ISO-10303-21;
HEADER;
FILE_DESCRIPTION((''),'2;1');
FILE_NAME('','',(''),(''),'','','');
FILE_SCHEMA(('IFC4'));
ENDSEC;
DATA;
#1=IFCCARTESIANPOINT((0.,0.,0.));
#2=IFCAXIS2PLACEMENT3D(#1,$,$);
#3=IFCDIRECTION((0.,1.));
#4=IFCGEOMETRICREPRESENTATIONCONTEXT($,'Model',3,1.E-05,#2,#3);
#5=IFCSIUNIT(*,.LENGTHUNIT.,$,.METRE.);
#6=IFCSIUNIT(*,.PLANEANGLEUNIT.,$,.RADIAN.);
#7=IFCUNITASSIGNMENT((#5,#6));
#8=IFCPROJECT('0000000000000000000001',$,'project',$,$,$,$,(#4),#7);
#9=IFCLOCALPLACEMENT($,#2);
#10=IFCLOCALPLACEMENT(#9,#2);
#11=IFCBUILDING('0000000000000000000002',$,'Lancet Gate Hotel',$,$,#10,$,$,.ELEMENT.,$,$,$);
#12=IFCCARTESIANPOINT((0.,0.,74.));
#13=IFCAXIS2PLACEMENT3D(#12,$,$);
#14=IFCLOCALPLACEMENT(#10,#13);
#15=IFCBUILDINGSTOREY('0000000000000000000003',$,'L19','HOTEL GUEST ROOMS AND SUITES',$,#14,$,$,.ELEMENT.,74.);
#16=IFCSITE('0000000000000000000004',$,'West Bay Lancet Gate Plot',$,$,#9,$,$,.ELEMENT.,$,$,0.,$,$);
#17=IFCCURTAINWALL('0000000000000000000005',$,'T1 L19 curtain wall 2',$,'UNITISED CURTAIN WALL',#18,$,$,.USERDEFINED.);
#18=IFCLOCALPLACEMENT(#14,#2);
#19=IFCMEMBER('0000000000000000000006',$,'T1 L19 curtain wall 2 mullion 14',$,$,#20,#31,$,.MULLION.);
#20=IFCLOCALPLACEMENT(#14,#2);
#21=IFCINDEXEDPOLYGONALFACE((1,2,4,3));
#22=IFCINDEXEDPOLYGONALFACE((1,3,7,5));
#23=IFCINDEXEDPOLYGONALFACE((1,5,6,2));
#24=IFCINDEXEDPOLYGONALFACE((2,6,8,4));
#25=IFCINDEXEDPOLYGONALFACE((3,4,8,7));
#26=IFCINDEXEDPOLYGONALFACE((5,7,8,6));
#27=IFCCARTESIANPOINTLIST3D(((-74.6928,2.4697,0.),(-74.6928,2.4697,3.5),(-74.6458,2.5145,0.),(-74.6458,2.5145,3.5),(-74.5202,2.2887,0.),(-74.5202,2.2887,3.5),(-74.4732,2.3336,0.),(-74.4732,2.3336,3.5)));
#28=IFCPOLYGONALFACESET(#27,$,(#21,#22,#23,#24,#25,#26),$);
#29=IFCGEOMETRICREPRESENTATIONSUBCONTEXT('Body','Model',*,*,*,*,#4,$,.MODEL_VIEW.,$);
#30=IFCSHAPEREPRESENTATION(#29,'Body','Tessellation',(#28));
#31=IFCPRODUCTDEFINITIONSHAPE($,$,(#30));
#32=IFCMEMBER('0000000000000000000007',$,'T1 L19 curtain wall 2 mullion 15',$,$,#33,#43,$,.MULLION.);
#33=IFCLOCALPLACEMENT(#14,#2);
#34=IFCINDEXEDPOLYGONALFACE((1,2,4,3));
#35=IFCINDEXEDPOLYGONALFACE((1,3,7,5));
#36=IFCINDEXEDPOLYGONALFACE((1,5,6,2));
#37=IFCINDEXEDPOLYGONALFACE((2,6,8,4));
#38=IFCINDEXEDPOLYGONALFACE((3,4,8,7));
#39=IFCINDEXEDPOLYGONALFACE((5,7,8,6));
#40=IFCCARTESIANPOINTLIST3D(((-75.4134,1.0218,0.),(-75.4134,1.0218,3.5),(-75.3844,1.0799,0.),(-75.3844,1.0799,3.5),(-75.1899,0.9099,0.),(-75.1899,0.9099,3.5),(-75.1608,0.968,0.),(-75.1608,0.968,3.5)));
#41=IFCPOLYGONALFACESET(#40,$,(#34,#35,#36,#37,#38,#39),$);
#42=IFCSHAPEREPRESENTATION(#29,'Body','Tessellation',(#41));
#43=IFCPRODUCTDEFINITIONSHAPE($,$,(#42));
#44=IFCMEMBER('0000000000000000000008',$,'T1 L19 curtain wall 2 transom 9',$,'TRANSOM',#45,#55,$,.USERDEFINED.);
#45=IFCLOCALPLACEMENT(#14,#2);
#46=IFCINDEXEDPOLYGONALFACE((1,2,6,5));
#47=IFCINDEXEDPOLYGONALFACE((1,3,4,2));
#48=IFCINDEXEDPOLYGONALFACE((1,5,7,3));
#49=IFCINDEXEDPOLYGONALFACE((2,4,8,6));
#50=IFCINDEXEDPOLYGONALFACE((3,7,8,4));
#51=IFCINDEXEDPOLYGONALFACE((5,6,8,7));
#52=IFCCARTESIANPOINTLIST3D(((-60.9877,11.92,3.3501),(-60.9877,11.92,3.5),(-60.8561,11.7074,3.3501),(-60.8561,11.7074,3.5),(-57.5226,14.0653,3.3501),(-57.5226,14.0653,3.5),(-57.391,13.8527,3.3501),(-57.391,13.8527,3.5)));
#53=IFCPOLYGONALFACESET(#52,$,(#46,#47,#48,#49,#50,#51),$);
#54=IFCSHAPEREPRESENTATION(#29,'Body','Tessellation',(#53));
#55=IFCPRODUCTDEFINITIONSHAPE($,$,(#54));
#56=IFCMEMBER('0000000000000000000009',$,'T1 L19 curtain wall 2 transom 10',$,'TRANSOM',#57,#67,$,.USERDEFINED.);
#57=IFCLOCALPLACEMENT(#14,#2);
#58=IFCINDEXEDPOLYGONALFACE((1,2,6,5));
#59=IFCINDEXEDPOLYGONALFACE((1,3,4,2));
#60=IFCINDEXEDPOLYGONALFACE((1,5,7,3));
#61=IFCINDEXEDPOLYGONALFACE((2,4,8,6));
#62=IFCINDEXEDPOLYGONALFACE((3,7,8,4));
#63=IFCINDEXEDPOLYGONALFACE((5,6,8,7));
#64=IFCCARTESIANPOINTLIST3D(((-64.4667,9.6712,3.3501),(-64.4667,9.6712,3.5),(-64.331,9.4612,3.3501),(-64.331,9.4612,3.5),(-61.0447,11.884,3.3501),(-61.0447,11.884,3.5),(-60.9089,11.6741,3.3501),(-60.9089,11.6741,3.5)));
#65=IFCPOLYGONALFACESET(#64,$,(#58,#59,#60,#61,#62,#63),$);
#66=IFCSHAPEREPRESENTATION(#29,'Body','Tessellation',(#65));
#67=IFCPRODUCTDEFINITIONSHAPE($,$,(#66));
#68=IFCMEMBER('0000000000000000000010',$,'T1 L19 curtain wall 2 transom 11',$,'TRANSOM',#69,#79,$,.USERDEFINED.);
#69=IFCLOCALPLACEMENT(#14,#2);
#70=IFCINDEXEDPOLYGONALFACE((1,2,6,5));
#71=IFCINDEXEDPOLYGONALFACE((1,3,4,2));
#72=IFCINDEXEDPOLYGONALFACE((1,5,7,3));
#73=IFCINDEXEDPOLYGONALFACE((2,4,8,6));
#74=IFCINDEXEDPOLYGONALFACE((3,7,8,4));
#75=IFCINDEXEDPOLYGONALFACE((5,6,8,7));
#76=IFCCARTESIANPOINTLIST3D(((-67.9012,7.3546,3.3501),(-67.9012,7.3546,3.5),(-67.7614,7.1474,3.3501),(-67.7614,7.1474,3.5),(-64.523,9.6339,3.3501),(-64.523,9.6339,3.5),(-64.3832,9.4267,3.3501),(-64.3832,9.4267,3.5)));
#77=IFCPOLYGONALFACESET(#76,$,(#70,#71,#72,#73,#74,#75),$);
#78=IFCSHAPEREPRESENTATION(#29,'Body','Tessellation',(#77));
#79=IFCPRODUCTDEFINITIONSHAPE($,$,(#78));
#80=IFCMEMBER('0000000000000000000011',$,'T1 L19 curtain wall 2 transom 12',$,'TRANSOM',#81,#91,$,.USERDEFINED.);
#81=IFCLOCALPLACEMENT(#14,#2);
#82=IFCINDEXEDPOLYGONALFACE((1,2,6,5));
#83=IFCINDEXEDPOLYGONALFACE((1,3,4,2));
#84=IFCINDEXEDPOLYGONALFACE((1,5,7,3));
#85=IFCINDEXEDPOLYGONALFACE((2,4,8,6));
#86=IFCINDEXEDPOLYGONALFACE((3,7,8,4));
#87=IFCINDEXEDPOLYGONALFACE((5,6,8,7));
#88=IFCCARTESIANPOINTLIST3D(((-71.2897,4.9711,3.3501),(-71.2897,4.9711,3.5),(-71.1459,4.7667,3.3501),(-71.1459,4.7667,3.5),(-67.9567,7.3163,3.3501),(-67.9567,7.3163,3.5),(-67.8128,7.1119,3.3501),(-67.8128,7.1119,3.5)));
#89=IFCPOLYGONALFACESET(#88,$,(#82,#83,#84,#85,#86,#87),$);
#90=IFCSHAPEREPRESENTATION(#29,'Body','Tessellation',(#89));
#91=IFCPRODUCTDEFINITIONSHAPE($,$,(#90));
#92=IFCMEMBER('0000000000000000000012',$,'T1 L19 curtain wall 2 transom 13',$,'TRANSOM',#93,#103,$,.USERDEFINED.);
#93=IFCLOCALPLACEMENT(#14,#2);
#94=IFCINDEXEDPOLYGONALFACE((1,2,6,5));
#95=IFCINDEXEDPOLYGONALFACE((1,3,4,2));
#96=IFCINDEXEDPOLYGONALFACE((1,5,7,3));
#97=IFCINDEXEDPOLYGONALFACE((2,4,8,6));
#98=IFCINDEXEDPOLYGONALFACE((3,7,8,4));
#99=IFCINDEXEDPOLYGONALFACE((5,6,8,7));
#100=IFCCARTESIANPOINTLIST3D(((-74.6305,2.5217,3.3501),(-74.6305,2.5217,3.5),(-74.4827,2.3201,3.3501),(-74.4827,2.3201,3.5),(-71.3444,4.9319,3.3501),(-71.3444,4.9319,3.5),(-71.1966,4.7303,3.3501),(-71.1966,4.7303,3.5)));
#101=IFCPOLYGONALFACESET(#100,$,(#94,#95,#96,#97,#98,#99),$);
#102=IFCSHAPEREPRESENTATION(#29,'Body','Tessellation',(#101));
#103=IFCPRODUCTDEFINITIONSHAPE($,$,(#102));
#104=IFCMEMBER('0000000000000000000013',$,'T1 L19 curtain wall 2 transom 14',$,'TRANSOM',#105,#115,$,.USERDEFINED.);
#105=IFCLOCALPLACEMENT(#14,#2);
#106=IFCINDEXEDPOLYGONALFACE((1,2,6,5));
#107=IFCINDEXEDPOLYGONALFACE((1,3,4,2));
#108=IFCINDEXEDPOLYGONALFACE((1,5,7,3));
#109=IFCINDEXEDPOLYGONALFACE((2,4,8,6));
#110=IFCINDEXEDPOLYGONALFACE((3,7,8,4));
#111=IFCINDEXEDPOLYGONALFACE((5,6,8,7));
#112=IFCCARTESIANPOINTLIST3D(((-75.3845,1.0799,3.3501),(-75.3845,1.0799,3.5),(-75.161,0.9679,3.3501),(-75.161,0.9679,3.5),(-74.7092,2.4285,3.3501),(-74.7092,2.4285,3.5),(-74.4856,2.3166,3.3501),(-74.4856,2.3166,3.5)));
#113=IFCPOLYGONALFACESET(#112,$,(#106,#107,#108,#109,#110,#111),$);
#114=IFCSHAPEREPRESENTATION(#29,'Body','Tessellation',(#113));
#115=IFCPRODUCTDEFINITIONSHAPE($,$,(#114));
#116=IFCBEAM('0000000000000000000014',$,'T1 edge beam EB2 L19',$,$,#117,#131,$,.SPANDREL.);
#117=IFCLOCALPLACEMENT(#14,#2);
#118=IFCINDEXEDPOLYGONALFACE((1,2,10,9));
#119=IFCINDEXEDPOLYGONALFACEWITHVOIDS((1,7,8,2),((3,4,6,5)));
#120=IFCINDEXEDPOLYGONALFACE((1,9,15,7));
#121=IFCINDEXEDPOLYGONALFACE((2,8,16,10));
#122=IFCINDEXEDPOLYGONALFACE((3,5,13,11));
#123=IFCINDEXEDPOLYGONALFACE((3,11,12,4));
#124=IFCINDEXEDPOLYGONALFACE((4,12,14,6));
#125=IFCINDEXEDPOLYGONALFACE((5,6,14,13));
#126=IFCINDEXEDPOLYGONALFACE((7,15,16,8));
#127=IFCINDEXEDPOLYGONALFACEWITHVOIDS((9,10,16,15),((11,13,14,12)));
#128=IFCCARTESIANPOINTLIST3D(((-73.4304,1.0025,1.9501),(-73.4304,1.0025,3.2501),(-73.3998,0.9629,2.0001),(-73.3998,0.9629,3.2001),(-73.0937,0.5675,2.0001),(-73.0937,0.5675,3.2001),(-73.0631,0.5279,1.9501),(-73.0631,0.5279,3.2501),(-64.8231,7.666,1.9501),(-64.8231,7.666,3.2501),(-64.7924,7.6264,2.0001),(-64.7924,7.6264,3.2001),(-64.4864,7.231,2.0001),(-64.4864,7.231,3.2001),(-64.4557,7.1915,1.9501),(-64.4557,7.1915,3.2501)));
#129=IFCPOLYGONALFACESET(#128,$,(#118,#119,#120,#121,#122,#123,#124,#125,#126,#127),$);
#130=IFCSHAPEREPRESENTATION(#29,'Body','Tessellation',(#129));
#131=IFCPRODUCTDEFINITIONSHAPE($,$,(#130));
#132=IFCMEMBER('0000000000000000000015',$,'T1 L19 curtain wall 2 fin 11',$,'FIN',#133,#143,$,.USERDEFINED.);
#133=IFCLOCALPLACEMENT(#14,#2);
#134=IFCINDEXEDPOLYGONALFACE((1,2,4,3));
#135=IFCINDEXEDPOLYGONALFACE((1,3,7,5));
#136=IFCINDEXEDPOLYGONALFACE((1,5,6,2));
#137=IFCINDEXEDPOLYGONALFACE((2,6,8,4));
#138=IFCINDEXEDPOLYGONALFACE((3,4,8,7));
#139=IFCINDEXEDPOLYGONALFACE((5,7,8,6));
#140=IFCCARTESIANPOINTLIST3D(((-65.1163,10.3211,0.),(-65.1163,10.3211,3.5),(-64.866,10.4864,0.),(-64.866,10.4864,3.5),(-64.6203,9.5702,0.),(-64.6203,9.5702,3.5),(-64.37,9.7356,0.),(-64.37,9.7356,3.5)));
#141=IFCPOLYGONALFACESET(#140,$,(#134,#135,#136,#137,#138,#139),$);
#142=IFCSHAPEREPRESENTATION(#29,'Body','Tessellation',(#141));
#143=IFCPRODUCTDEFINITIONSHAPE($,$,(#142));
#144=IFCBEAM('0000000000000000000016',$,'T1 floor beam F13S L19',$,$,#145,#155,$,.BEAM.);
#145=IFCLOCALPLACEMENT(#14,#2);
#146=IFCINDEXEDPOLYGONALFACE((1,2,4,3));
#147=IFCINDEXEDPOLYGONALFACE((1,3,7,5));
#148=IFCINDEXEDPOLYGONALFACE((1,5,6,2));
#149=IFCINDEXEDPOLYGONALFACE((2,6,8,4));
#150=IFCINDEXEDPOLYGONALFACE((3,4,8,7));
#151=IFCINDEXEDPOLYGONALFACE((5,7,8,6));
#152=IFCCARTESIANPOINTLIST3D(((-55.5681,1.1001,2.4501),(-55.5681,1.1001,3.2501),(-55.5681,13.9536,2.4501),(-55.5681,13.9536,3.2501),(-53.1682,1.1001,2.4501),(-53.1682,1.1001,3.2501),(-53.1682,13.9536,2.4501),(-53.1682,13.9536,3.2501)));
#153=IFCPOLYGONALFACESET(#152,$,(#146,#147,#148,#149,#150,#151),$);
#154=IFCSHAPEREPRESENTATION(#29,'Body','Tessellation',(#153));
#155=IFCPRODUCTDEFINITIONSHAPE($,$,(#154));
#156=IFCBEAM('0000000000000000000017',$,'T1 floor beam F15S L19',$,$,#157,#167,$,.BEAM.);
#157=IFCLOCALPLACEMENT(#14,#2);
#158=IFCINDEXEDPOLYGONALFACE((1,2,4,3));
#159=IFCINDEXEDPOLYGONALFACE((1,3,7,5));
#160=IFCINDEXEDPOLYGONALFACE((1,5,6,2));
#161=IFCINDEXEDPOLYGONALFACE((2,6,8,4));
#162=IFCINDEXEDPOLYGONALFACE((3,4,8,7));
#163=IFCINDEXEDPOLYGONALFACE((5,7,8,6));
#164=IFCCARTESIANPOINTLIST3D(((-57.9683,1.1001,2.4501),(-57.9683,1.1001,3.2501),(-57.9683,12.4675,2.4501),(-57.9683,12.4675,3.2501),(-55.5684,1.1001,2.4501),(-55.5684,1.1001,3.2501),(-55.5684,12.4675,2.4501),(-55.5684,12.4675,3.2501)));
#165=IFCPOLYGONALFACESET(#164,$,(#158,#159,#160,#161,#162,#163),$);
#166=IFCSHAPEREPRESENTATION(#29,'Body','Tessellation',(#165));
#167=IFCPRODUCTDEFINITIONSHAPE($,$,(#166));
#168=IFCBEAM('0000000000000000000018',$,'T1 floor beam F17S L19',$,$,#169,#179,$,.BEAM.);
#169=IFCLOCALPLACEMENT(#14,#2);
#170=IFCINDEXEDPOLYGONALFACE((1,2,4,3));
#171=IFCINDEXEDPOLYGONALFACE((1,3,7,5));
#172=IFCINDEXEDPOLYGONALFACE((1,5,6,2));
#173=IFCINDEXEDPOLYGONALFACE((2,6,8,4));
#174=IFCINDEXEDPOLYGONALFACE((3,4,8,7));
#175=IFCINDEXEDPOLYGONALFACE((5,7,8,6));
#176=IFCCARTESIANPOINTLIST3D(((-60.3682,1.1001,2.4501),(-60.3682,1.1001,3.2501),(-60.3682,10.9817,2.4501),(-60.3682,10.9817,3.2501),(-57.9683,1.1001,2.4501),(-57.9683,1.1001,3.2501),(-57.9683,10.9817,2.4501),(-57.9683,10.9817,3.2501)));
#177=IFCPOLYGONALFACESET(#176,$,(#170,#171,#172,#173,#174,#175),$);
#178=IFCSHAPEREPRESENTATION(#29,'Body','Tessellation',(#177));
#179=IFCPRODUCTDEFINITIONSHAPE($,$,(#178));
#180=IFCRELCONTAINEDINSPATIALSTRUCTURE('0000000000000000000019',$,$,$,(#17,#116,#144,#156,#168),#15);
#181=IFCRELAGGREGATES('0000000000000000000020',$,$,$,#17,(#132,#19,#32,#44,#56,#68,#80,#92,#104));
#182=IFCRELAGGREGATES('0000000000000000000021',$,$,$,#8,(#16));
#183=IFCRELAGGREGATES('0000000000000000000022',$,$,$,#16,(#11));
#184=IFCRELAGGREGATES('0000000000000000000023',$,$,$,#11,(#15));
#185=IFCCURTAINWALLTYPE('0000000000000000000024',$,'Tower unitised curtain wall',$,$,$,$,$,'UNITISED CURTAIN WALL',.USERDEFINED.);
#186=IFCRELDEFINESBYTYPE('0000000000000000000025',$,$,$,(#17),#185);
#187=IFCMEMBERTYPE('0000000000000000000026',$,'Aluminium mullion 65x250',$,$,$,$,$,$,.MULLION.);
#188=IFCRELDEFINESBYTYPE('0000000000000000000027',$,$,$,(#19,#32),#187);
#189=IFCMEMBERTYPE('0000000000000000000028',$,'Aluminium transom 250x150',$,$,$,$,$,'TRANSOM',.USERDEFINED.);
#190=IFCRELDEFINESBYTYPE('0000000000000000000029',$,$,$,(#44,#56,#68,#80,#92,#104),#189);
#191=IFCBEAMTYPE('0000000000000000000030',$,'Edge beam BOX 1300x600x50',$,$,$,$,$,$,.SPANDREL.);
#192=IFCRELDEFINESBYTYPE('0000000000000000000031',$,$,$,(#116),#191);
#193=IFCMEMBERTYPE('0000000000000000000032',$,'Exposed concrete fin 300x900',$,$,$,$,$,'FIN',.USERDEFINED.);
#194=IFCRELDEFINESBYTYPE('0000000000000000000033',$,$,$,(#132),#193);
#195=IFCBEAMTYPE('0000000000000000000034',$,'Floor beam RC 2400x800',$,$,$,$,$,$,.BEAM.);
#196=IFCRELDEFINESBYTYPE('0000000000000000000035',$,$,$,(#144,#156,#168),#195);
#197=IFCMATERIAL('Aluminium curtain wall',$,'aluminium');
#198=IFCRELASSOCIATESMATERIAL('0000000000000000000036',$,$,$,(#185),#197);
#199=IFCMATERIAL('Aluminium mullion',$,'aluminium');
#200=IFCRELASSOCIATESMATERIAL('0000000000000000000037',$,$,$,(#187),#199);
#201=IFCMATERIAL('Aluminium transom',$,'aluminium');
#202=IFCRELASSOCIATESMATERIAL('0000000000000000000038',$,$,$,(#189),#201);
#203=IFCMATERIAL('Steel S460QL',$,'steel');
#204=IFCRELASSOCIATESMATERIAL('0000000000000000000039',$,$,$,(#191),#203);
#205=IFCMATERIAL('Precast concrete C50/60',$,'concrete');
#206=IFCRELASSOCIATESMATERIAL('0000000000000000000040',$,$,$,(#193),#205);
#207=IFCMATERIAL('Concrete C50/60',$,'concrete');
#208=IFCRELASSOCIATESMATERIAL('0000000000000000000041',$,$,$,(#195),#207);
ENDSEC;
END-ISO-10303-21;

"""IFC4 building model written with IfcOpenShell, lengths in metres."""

from ifc_helpers import new_model, si_unit, direction, frame, origin, origin_2d, place, context, subcontext, project, spatial, rectangle, hollow_rectangle, extrude, material, material_profile, profile_set, type_object, element, aggregate, save


model = new_model("IFC4")

# Units and contexts
model_context = context("Model", 3, precision=1e-05, world=origin(), true_north=direction((0.0, 1.0)))
body_context = subcontext(model_context, "Body", "Model", "MODEL_VIEW")
ifc_project = project(units=[si_unit("LENGTHUNIT", "METRE"), si_unit("PLANEANGLEUNIT", "RADIAN")], contexts=[model_context])

# Site, building, storey
site_placement = place(None, origin())
site = spatial("IfcSite", under=ifc_project, at=site_placement, Name="West Bay Lancet Gate Plot", CompositionType="ELEMENT", RefElevation=0.0)
building_placement = place(site_placement, origin())
building = spatial("IfcBuilding", under=site, at=building_placement, Name="Lancet Gate Hotel", CompositionType="ELEMENT")
storey_placement = place(building_placement, frame((0.0, 0.0, 74.0)))
storey = spatial("IfcBuildingStorey", under=building, at=storey_placement, Name="L19", Description="HOTEL GUEST ROOMS AND SUITES", CompositionType="ELEMENT", Elevation=74.0)

# Curtain wall, members
ifc_material_1 = material(Name="Aluminium curtain wall", Category="aluminium")
curtain_wall_type = type_object("IfcCurtainWallType", Name="Tower unitised curtain wall", ElementType="UNITISED CURTAIN WALL", PredefinedType="USERDEFINED", material=ifc_material_1)
curtain_wall_placement = place(storey_placement, origin())
curtain_wall = element("IfcCurtainWall", 1, at=curtain_wall_placement, inside=storey, type_object=curtain_wall_type, Name="T1 L19 curtain wall 2", ObjectType="UNITISED CURTAIN WALL", PredefinedType="USERDEFINED")
ifc_material_2 = material(Name="Aluminium mullion", Category="aluminium")
ifc_material_profile_1 = material_profile(ifc_material_2, rectangle(XDim=0.0649, YDim=0.25, at=origin_2d()), Name="MULLION 65x250")
ifc_profile_set_1 = profile_set([ifc_material_profile_1], Name="Aluminium mullion")
member_type_1 = type_object("IfcMemberType", Name="Aluminium mullion 65x250", PredefinedType="MULLION", material=ifc_profile_set_1)
member_1_placement = place(storey_placement, frame((-74.583, 2.4016, 0.0), z_axis=(0.0, 0.0, 1.0), x_axis=(-0.723696, -0.690119, 0.0)))
member_1 = element("IfcMember", 2, at=member_1_placement, type_object=member_type_1, Name="T1 L19 curtain wall 2 mullion 14", PredefinedType="MULLION", context=body_context, shape_type="SweptSolid", body=[
    extrude(rectangle(XDim=0.0649, YDim=0.25, at=origin_2d()), origin(), (0.0, 0.0, 1.0), 3.5),
])
member_2_placement = place(storey_placement, frame((-75.2871, 0.9949, 0.0), z_axis=(0.0, 0.0, 1.0), x_axis=(-0.447628, -0.89422, 0.0)))
member_2 = element("IfcMember", 3, at=member_2_placement, type_object=member_type_1, Name="T1 L19 curtain wall 2 mullion 15", PredefinedType="MULLION", context=body_context, shape_type="SweptSolid", body=[
    extrude(rectangle(XDim=0.0649, YDim=0.25, at=origin_2d()), origin(), (0.0, 0.0, 1.0), 3.5),
])
ifc_material_3 = material(Name="Aluminium transom", Category="aluminium")
ifc_material_profile_2 = material_profile(ifc_material_3, rectangle(XDim=0.25, YDim=0.1499, at=origin_2d()), Name="TRANSOM 250x150")
ifc_profile_set_2 = profile_set([ifc_material_profile_2], Name="Aluminium transom")
member_type_2 = type_object("IfcMemberType", Name="Aluminium transom 250x150", ElementType="TRANSOM", PredefinedType="USERDEFINED", material=ifc_profile_set_2)
member_3_placement = place(storey_placement, frame((-57.4568, 13.959, 3.425), z_axis=(-0.850242, -0.526392, 0.0), x_axis=(0.526392, -0.850242, 0.0)))
member_3 = element("IfcMember", 4, at=member_3_placement, type_object=member_type_2, Name="T1 L19 curtain wall 2 transom 9", ObjectType="TRANSOM", PredefinedType="USERDEFINED", context=body_context, shape_type="SweptSolid", body=[
    extrude(rectangle(XDim=0.25, YDim=0.1499, at=origin_2d()), origin(), (0.0, 0.0, 1.0), 4.0754),
])
member_4_placement = place(storey_placement, frame((-60.9768, 11.7791, 3.425), z_axis=(-0.839729, -0.543005, 0.0), x_axis=(0.543005, -0.839729, 0.0)))
member_4 = element("IfcMember", 5, at=member_4_placement, type_object=member_type_2, Name="T1 L19 curtain wall 2 transom 10", ObjectType="TRANSOM", PredefinedType="USERDEFINED", context=body_context, shape_type="SweptSolid", body=[
    extrude(rectangle(XDim=0.25, YDim=0.1499, at=origin_2d()), origin(), (0.0, 0.0, 1.0), 4.0752),
])
member_5_placement = place(storey_placement, frame((-64.4531, 9.5303, 3.425), z_axis=(-0.828959, -0.559309, 0.0), x_axis=(0.559309, -0.828959, 0.0)))
member_5 = element("IfcMember", 6, at=member_5_placement, type_object=member_type_2, Name="T1 L19 curtain wall 2 transom 11", ObjectType="TRANSOM", PredefinedType="USERDEFINED", context=body_context, shape_type="SweptSolid", body=[
    extrude(rectangle(XDim=0.25, YDim=0.1499, at=origin_2d()), origin(), (0.0, 0.0, 1.0), 4.0752),
])
member_6_placement = place(storey_placement, frame((-67.8848, 7.2141, 3.425), z_axis=(-0.817834, -0.575455, 0.0), x_axis=(0.575455, -0.817834, 0.0)))
member_6 = element("IfcMember", 7, at=member_6_placement, type_object=member_type_2, Name="T1 L19 curtain wall 2 transom 12", ObjectType="TRANSOM", PredefinedType="USERDEFINED", context=body_context, shape_type="SweptSolid", body=[
    extrude(rectangle(XDim=0.25, YDim=0.1499, at=origin_2d()), origin(), (0.0, 0.0, 1.0), 4.0754),
])
member_7_placement = place(storey_placement, frame((-71.2705, 4.8311, 3.425), z_axis=(-0.806367, -0.591416, 0.0), x_axis=(0.591416, -0.806367, 0.0)))
member_7 = element("IfcMember", 8, at=member_7_placement, type_object=member_type_2, Name="T1 L19 curtain wall 2 transom 13", ObjectType="TRANSOM", PredefinedType="USERDEFINED", context=body_context, shape_type="SweptSolid", body=[
    extrude(rectangle(XDim=0.25, YDim=0.1499, at=origin_2d()), origin(), (0.0, 0.0, 1.0), 4.0752),
])
member_8_placement = place(storey_placement, frame((-74.5974, 2.3726, 3.425), z_axis=(-0.447732, -0.894168, 0.0), x_axis=(0.894168, -0.447732, 0.0)))
member_8 = element("IfcMember", 9, at=member_8_placement, type_object=member_type_2, Name="T1 L19 curtain wall 2 transom 14", ObjectType="TRANSOM", PredefinedType="USERDEFINED", context=body_context, shape_type="SweptSolid", body=[
    extrude(rectangle(XDim=0.25, YDim=0.1499, at=origin_2d()), origin(), (0.0, 0.0, 1.0), 1.5083),
])

# Beam
ifc_material_4 = material(Name="Steel S460QL", Category="steel")
ifc_material_profile_3 = material_profile(ifc_material_4, hollow_rectangle(XDim=0.6001, YDim=1.3, WallThickness=0.05, at=origin_2d()), Name="BOX 1300x600x50")
ifc_profile_set_3 = profile_set([ifc_material_profile_3], Name="Steel S460QL")
beam_type_1 = type_object("IfcBeamType", Name="Edge beam BOX 1300x600x50", PredefinedType="SPANDREL", material=ifc_profile_set_3)
beam_1_placement = place(storey_placement, frame((-64.6394, 7.4287, 2.6001), z_axis=(-0.790734, -0.61216, 0.0), x_axis=(0.61216, -0.790734, 0.0)))
element("IfcBeam", 10, at=beam_1_placement, inside=storey, type_object=beam_type_1, Name="T1 edge beam EB2 L19", PredefinedType="SPANDREL", context=body_context, shape_type="SweptSolid", body=[
    extrude(hollow_rectangle(XDim=0.6001, YDim=1.3, WallThickness=0.05, at=origin_2d()), origin(), (0.0, 0.0, 1.0), 10.8853),
])

# Member
ifc_material_5 = material(Name="Precast concrete C50/60", Category="concrete")
ifc_material_profile_4 = material_profile(ifc_material_5, rectangle(XDim=0.3, YDim=0.8999, at=origin_2d()), Name="FIN 300x900")
ifc_profile_set_4 = profile_set([ifc_material_profile_4], Name="Precast concrete C50/60")
member_type_3 = type_object("IfcMemberType", Name="Exposed concrete fin 300x900", ElementType="FIN", PredefinedType="USERDEFINED", material=ifc_profile_set_4)
member_9_placement = place(storey_placement, frame((-64.7432, 10.0283, 0.0), z_axis=(0.0, 0.0, 1.0), x_axis=(-0.834387, -0.551178, 0.0)))
member_9 = element("IfcMember", 11, at=member_9_placement, type_object=member_type_3, Name="T1 L19 curtain wall 2 fin 11", ObjectType="FIN", PredefinedType="USERDEFINED", context=body_context, shape_type="SweptSolid", body=[
    extrude(rectangle(XDim=0.3, YDim=0.8999, at=origin_2d()), origin(), (0.0, 0.0, 1.0), 3.5),
])

# Beams
ifc_material_6 = material(Name="Concrete C50/60", Category="concrete")
ifc_material_profile_5 = material_profile(ifc_material_6, rectangle(XDim=2.3999, YDim=0.8, at=origin_2d()), Name="RC 2400x800")
ifc_profile_set_5 = profile_set([ifc_material_profile_5], Name="Concrete C50/60")
beam_type_2 = type_object("IfcBeamType", Name="Floor beam RC 2400x800", PredefinedType="BEAM", material=ifc_profile_set_5)
beam_2_placement = place(storey_placement, frame((-54.3682, 13.9536, 2.8501), z_axis=(0.0, -1.0, 0.0), x_axis=(1.0, 0.0, 0.0)))
element("IfcBeam", 12, at=beam_2_placement, inside=storey, type_object=beam_type_2, Name="T1 floor beam F13S L19", PredefinedType="BEAM", context=body_context, shape_type="SweptSolid", body=[
    extrude(rectangle(XDim=2.3999, YDim=0.8, at=origin_2d()), origin(), (0.0, 0.0, 1.0), 12.8535),
])
beam_3_placement = place(storey_placement, frame((-56.7683, 12.4675, 2.8501), z_axis=(0.0, -1.0, 0.0), x_axis=(1.0, 0.0, 0.0)))
element("IfcBeam", 13, at=beam_3_placement, inside=storey, type_object=beam_type_2, Name="T1 floor beam F15S L19", PredefinedType="BEAM", context=body_context, shape_type="SweptSolid", body=[
    extrude(rectangle(XDim=2.3999, YDim=0.8, at=origin_2d()), origin(), (0.0, 0.0, 1.0), 11.3674),
])
beam_4_placement = place(storey_placement, frame((-59.1682, 10.9817, 2.8501), z_axis=(0.0, -1.0, 0.0), x_axis=(1.0, 0.0, 0.0)))
element("IfcBeam", 14, at=beam_4_placement, inside=storey, type_object=beam_type_2, Name="T1 floor beam F17S L19", PredefinedType="BEAM", context=body_context, shape_type="SweptSolid", body=[
    extrude(rectangle(XDim=2.3999, YDim=0.8, at=origin_2d()), origin(), (0.0, 0.0, 1.0), 9.8816),
])

aggregate(curtain_wall, [member_9, member_1, member_2, member_3, member_4, member_5, member_6, member_7, member_8])

save(model, "model.ifc")
